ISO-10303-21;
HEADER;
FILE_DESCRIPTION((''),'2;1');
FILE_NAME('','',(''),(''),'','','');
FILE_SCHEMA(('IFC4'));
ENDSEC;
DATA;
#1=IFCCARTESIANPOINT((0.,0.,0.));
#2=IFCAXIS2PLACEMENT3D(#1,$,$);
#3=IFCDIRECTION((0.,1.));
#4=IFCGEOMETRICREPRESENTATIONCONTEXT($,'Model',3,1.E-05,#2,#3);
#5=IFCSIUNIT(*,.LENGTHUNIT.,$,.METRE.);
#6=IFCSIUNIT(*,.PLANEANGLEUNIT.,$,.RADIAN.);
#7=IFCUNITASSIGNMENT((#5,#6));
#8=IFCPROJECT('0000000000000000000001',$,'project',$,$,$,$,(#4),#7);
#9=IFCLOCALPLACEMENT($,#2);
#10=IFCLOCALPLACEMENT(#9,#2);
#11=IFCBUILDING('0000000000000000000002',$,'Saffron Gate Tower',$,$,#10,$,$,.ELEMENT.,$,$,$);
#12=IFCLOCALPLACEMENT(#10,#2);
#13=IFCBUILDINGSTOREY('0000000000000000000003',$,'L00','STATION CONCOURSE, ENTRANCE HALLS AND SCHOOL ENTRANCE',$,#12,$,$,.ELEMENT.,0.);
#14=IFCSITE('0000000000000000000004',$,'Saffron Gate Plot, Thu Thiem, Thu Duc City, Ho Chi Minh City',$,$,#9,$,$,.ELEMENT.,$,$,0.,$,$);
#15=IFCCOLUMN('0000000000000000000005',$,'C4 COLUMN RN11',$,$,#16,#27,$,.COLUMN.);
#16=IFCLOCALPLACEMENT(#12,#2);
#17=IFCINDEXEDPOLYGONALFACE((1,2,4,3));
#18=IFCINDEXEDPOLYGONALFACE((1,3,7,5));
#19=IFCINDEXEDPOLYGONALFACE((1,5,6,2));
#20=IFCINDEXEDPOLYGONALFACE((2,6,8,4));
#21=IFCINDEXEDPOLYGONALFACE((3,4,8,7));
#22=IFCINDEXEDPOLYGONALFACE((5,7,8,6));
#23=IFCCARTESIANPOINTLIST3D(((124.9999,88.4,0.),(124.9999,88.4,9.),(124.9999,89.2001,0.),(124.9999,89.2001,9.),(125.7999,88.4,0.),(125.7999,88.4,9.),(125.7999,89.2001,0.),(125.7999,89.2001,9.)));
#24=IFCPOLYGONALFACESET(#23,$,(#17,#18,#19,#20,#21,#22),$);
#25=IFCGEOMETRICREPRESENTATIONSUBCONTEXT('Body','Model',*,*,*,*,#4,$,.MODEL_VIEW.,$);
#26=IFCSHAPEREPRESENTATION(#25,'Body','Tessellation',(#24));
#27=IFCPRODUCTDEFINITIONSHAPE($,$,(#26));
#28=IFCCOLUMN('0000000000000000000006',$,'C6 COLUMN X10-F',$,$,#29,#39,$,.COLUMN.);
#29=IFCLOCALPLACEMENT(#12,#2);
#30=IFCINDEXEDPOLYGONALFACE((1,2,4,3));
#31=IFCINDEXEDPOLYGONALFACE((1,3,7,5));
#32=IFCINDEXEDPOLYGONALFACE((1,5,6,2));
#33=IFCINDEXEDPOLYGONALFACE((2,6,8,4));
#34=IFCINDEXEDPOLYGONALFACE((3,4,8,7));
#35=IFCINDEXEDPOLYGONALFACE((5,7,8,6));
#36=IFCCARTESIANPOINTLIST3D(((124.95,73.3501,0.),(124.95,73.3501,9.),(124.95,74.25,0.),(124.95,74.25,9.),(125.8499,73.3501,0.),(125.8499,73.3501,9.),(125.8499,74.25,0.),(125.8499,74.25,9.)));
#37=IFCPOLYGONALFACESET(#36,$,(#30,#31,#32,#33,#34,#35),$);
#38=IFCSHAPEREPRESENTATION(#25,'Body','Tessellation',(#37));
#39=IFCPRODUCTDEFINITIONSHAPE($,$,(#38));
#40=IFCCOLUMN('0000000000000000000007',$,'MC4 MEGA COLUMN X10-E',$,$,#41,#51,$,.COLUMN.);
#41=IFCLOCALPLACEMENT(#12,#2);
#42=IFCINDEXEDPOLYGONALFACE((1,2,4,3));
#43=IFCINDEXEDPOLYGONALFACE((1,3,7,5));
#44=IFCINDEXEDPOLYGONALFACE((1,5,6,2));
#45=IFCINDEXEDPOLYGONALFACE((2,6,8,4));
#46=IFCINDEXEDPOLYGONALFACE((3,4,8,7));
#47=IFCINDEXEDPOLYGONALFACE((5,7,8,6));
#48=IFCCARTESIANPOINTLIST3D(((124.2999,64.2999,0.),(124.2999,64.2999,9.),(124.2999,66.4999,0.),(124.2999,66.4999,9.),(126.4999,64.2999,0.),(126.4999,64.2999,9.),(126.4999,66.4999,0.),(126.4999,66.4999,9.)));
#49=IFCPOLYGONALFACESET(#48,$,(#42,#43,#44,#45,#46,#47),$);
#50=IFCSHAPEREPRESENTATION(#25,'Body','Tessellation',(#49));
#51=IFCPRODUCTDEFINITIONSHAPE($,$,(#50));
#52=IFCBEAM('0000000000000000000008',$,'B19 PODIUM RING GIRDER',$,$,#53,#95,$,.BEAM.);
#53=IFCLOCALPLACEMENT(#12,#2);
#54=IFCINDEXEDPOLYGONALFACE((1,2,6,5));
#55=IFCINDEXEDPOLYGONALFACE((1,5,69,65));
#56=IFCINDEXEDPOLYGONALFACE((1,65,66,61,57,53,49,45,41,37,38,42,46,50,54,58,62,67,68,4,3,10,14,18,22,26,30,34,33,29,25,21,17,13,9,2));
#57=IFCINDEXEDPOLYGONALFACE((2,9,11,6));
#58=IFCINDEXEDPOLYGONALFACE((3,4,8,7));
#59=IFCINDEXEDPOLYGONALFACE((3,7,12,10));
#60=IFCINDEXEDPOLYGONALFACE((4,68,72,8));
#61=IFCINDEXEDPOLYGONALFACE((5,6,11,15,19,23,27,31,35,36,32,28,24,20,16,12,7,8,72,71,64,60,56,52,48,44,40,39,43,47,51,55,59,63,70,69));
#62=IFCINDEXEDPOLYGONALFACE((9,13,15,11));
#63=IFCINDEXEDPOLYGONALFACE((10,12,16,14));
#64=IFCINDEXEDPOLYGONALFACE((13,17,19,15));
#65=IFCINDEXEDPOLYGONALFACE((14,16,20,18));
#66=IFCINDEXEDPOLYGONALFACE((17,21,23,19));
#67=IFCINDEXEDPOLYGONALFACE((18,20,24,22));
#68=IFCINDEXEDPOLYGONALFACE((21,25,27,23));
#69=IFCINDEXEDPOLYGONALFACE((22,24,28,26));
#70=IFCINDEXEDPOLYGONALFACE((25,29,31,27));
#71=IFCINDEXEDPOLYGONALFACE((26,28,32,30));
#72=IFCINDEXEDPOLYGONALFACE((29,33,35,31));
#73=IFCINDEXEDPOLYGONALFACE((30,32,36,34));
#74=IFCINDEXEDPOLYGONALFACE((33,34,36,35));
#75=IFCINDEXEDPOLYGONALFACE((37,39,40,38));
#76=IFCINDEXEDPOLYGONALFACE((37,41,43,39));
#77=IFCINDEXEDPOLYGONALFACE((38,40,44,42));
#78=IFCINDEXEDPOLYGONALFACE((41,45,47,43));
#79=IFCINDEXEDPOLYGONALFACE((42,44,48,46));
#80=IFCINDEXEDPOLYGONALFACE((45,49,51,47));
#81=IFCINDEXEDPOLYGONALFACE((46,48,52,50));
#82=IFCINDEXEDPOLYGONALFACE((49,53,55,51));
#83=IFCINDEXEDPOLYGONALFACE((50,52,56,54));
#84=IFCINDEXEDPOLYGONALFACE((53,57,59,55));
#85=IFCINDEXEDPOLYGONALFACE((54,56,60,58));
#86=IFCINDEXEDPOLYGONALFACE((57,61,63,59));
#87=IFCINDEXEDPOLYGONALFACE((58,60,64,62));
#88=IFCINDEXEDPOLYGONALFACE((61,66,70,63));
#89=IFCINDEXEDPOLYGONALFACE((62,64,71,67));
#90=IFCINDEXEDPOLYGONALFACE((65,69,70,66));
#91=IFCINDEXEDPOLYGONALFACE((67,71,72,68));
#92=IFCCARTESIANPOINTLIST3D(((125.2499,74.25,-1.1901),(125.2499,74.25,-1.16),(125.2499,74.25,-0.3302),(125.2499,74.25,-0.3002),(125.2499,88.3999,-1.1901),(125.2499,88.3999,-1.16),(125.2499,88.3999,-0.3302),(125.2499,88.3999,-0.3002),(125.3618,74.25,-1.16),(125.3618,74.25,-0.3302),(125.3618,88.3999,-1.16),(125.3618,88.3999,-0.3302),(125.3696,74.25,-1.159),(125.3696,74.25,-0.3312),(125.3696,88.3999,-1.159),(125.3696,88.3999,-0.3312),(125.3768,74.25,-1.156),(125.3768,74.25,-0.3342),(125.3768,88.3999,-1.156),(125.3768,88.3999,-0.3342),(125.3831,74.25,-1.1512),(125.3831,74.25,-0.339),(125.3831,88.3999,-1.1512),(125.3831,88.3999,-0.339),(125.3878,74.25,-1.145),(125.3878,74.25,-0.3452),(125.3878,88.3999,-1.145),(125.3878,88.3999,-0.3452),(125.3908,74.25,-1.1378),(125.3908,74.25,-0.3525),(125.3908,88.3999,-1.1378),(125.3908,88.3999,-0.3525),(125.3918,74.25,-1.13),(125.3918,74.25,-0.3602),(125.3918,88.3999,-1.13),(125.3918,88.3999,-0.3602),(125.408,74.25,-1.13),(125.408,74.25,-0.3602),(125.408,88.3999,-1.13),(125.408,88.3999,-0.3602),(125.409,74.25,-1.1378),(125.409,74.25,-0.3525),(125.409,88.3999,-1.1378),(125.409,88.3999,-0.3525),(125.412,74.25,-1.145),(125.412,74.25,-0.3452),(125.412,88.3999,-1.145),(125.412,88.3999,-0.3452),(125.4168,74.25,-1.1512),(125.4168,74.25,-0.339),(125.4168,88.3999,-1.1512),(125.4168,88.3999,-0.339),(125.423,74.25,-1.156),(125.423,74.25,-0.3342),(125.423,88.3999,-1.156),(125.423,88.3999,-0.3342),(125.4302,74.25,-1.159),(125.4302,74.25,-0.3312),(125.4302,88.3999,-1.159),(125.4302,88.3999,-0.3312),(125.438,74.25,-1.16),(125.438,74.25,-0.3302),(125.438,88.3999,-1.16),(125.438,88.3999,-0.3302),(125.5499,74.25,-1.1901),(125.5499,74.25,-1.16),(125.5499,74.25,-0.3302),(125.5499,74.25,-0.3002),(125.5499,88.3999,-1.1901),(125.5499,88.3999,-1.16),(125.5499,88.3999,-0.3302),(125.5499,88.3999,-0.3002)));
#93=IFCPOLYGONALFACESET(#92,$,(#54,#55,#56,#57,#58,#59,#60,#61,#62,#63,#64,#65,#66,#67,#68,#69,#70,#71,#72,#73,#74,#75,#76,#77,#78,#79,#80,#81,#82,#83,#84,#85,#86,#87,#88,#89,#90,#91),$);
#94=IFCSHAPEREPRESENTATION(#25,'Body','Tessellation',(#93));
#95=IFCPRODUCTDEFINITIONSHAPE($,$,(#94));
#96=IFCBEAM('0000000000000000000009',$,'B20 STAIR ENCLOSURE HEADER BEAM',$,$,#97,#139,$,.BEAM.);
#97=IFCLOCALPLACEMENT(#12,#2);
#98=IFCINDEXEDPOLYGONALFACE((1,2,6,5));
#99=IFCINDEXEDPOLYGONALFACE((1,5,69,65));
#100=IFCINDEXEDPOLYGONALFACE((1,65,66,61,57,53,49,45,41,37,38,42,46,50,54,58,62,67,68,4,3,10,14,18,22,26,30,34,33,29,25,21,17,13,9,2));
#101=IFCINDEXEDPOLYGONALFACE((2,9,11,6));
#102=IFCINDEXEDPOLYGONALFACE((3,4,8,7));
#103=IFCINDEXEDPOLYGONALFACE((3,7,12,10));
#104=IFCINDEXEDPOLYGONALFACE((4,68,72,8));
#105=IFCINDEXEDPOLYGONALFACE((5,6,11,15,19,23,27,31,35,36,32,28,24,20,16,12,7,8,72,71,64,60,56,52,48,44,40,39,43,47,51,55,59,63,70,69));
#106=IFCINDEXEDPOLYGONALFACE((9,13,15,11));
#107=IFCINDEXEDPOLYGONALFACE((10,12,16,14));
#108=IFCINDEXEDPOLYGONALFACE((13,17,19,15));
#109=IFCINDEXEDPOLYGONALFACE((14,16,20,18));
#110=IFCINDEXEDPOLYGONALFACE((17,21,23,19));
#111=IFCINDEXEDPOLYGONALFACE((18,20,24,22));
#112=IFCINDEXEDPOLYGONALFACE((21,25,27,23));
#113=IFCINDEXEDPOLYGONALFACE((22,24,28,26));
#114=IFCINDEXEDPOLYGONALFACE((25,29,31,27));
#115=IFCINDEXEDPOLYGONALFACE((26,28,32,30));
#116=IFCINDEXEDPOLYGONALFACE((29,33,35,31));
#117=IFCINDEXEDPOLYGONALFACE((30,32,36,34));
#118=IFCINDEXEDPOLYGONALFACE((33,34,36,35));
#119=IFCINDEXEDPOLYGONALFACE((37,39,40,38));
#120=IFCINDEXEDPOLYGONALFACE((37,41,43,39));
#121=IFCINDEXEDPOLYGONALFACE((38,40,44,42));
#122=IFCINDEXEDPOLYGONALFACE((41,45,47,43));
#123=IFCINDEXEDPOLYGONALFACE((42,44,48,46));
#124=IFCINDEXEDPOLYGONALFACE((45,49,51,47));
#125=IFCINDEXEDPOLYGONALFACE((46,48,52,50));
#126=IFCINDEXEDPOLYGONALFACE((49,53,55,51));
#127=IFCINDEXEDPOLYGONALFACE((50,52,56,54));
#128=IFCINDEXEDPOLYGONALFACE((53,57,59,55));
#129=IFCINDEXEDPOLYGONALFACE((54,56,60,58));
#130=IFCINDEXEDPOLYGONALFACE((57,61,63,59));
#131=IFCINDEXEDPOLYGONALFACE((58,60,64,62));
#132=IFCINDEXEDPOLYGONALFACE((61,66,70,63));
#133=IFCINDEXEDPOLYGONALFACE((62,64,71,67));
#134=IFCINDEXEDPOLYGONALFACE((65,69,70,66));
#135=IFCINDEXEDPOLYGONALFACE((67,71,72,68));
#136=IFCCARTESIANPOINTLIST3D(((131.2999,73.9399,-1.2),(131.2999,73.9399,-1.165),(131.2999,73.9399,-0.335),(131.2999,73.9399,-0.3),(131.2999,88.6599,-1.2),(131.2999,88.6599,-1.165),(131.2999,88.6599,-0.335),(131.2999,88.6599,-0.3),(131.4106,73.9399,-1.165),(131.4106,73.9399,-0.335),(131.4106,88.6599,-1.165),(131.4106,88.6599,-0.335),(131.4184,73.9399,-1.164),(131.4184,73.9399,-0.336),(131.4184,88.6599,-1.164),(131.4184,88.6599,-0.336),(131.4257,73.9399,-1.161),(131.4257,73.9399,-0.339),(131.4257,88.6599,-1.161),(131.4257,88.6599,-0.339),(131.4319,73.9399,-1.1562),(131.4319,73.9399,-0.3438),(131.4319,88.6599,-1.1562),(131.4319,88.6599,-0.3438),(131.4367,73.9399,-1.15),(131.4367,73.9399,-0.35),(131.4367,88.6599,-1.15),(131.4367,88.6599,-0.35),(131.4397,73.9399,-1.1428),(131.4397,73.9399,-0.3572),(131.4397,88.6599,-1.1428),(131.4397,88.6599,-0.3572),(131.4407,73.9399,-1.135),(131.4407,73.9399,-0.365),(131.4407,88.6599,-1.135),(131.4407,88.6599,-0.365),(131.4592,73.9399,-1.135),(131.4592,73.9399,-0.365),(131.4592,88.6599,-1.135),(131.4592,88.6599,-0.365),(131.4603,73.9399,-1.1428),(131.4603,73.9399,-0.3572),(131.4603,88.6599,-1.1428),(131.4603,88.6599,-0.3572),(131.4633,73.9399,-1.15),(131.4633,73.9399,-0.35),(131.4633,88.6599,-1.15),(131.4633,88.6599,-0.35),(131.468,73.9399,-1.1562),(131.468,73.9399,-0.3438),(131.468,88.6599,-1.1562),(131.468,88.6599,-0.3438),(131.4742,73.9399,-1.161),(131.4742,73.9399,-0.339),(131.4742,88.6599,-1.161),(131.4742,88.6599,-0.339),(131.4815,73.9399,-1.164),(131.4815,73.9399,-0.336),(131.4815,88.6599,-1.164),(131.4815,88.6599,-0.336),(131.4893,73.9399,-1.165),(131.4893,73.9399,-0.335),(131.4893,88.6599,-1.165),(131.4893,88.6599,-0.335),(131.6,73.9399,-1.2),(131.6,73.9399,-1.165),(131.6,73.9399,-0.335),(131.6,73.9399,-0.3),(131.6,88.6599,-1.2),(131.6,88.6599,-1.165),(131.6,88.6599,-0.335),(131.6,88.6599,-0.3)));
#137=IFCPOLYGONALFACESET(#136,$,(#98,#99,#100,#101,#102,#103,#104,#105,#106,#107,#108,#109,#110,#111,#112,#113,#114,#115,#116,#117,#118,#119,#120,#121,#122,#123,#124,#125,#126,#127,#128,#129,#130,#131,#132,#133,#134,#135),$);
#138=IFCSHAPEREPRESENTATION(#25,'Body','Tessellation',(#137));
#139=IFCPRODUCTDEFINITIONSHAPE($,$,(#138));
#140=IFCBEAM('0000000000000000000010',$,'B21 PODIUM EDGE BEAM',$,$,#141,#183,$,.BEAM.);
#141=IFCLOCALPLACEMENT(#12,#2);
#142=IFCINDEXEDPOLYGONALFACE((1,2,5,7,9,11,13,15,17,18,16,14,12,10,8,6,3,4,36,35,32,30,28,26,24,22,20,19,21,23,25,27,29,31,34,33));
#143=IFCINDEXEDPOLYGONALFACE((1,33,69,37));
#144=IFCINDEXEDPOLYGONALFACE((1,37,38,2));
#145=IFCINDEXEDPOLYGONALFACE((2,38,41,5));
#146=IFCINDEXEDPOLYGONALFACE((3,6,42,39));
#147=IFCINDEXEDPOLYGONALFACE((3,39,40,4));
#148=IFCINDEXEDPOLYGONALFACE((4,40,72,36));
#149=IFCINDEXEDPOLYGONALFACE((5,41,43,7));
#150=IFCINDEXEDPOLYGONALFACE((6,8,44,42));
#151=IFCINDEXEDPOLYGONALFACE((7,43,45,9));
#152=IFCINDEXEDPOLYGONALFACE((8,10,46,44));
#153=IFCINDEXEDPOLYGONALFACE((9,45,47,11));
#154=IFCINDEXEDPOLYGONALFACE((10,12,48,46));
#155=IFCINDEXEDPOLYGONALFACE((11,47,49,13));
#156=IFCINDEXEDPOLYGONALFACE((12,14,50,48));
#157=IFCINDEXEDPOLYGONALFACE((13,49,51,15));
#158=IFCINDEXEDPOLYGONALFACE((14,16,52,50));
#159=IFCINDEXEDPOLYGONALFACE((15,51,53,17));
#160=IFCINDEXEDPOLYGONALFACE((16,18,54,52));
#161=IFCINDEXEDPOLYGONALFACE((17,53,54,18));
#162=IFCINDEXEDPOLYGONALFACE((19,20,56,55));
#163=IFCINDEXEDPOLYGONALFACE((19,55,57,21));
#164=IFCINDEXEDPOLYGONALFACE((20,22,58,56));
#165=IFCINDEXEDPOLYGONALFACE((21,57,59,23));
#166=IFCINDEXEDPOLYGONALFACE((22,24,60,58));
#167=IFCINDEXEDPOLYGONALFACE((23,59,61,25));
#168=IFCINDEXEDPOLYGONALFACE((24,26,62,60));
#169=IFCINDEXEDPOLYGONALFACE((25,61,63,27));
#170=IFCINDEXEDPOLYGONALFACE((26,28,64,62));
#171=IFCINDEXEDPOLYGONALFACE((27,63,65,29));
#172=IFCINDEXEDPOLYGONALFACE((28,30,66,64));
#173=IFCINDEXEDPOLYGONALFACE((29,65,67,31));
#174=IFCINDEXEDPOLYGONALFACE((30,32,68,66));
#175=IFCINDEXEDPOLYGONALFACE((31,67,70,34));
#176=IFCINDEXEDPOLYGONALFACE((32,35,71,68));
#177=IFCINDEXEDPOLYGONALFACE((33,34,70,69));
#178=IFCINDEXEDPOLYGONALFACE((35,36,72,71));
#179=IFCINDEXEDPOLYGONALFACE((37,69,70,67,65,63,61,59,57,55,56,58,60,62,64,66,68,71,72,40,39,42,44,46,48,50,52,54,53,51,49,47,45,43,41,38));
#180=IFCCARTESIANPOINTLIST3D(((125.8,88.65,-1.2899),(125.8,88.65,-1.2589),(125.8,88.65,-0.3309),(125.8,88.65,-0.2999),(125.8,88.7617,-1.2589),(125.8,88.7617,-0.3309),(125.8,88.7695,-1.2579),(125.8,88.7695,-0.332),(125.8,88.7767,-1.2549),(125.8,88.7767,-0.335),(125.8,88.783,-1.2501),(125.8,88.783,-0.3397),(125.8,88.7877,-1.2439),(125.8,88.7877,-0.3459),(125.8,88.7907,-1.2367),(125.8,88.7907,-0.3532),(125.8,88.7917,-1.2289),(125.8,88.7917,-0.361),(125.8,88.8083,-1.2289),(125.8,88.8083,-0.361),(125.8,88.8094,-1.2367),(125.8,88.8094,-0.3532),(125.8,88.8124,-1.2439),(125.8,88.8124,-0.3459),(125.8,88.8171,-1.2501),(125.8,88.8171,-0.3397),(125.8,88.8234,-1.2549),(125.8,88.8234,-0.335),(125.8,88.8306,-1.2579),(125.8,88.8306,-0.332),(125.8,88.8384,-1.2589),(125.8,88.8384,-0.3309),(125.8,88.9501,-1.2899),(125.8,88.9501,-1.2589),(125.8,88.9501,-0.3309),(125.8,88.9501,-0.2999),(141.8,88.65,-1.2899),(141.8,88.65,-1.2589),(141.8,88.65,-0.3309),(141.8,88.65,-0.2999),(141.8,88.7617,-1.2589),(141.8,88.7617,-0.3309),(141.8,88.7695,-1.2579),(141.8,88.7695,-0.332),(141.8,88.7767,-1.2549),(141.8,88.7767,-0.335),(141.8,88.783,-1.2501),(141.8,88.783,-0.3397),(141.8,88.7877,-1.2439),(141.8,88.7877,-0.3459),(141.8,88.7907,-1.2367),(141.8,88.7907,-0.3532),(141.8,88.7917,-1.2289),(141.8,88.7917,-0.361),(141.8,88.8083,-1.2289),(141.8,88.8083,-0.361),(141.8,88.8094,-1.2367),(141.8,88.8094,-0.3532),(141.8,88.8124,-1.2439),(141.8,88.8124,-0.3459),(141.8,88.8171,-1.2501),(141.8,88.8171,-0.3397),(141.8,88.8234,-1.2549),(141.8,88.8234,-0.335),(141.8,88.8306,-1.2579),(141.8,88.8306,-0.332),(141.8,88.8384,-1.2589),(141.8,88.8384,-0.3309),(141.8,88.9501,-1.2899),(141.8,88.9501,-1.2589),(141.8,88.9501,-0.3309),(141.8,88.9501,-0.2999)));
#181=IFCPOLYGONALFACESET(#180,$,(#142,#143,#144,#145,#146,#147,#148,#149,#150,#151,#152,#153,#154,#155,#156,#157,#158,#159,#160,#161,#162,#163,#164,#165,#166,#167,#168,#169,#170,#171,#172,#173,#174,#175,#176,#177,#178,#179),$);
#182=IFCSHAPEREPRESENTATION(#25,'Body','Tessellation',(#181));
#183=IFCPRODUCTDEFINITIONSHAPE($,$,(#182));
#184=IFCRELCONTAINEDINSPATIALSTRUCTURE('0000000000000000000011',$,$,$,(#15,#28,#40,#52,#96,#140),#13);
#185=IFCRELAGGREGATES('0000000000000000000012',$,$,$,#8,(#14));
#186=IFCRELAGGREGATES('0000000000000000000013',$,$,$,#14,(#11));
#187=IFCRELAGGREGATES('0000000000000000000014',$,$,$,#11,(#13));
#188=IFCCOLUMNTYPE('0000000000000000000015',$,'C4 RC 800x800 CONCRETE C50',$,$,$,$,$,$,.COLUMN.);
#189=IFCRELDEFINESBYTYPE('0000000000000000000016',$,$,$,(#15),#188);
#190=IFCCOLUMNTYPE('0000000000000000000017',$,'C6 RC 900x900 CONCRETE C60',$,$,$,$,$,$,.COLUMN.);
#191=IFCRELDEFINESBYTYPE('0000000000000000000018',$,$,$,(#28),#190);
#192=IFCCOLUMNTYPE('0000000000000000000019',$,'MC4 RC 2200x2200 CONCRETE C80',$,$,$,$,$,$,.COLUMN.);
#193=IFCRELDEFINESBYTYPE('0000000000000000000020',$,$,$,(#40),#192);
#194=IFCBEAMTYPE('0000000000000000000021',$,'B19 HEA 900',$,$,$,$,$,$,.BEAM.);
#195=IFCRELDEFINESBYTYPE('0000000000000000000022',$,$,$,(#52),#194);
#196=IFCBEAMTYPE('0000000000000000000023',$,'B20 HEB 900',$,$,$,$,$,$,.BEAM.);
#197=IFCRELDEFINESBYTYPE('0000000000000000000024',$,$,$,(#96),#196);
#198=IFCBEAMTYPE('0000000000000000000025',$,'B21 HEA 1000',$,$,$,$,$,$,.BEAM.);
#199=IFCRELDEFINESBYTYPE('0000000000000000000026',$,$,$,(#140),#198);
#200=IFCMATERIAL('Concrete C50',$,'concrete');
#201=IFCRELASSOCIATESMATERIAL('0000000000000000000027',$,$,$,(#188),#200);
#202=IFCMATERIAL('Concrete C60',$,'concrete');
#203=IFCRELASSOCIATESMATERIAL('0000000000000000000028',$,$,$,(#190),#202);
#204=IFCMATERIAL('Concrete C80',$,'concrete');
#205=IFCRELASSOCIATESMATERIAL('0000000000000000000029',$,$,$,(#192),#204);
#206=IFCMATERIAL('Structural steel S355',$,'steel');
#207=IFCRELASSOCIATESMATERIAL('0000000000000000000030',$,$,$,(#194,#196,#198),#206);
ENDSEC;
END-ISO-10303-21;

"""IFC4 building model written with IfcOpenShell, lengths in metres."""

from ifc_helpers import new_model, si_unit, direction, frame, origin, origin_2d, place, context, subcontext, project, spatial, rectangle, i_section, extrude, material, material_profile, profile_set, type_object, element, save


model = new_model("IFC4")

# Units and contexts
model_context = context("Model", 3, precision=1e-05, world=origin(), true_north=direction((0.0, 1.0)))
body_context = subcontext(model_context, "Body", "Model", "MODEL_VIEW")
ifc_project = project(units=[si_unit("LENGTHUNIT", "METRE"), si_unit("PLANEANGLEUNIT", "RADIAN")], contexts=[model_context])

# Site, building, storey
site_placement = place(None, origin())
site = spatial("IfcSite", under=ifc_project, at=site_placement, Name="Saffron Gate Plot, Thu Thiem, Thu Duc City, Ho Chi Minh City", CompositionType="ELEMENT", RefElevation=0.0)
building_placement = place(site_placement, origin())
building = spatial("IfcBuilding", under=site, at=building_placement, Name="Saffron Gate Tower", CompositionType="ELEMENT")
storey_placement = place(building_placement, origin())
storey = spatial("IfcBuildingStorey", under=building, at=storey_placement, Name="L00", Description="STATION CONCOURSE, ENTRANCE HALLS AND SCHOOL ENTRANCE", CompositionType="ELEMENT", Elevation=0.0)

# Columns
ifc_material_1 = material(Name="Concrete C50", Category="concrete")
ifc_material_profile_1 = material_profile(ifc_material_1, rectangle(XDim=0.8, YDim=0.8, at=origin_2d()))
ifc_profile_set_1 = profile_set([ifc_material_profile_1], Name="Concrete C50")
column_type_1 = type_object("IfcColumnType", Name="C4 RC 800x800 CONCRETE C50", PredefinedType="COLUMN", material=ifc_profile_set_1)
column_1_placement = place(storey_placement, frame((125.3999, 88.8, 0.0), z_axis=(0.0, 0.0, 1.0), x_axis=(1.0, 0.0, 0.0)))
element("IfcColumn", 1, at=column_1_placement, inside=storey, type_object=column_type_1, Name="C4 COLUMN RN11", PredefinedType="COLUMN", context=body_context, shape_type="SweptSolid", body=[
    extrude(rectangle(XDim=0.8, YDim=0.8, at=origin_2d()), origin(), (0.0, 0.0, 1.0), 9.0),
])
ifc_material_2 = material(Name="Concrete C60", Category="concrete")
ifc_material_profile_2 = material_profile(ifc_material_2, rectangle(XDim=0.8999, YDim=0.8999, at=origin_2d()))
ifc_profile_set_2 = profile_set([ifc_material_profile_2], Name="Concrete C60")
column_type_2 = type_object("IfcColumnType", Name="C6 RC 900x900 CONCRETE C60", PredefinedType="COLUMN", material=ifc_profile_set_2)
column_2_placement = place(storey_placement, frame((125.3999, 73.8, 0.0), z_axis=(0.0, 0.0, 1.0), x_axis=(1.0, 0.0, 0.0)))
element("IfcColumn", 2, at=column_2_placement, inside=storey, type_object=column_type_2, Name="C6 COLUMN X10-F", PredefinedType="COLUMN", context=body_context, shape_type="SweptSolid", body=[
    extrude(rectangle(XDim=0.8999, YDim=0.8999, at=origin_2d()), origin(), (0.0, 0.0, 1.0), 9.0),
])
ifc_material_3 = material(Name="Concrete C80", Category="concrete")
ifc_material_profile_3 = material_profile(ifc_material_3, rectangle(XDim=2.2, YDim=2.2, at=origin_2d()))
ifc_profile_set_3 = profile_set([ifc_material_profile_3], Name="Concrete C80")
column_type_3 = type_object("IfcColumnType", Name="MC4 RC 2200x2200 CONCRETE C80", PredefinedType="COLUMN", material=ifc_profile_set_3)
column_3_placement = place(storey_placement, frame((125.3999, 65.3999, 0.0), z_axis=(0.0, 0.0, 1.0), x_axis=(1.0, 0.0, 0.0)))
element("IfcColumn", 3, at=column_3_placement, inside=storey, type_object=column_type_3, Name="MC4 MEGA COLUMN X10-E", PredefinedType="COLUMN", context=body_context, shape_type="SweptSolid", body=[
    extrude(rectangle(XDim=2.2, YDim=2.2, at=origin_2d()), origin(), (0.0, 0.0, 1.0), 9.0),
])

# Beams
ifc_material_4 = material(Name="Structural steel S355", Category="steel")
ifc_material_profile_4 = material_profile(ifc_material_4, i_section(OverallWidth=0.3, OverallDepth=0.8899, WebThickness=0.0161, FlangeThickness=0.03, FilletRadius=0.03, at=origin_2d()))
ifc_profile_set_4 = profile_set([ifc_material_profile_4], Name="Structural steel S355")
beam_type_1 = type_object("IfcBeamType", Name="B19 HEA 900", PredefinedType="BEAM", material=ifc_profile_set_4)
beam_1_placement = place(storey_placement, frame((125.3999, 88.3999, -0.7451), z_axis=(0.0, -1.0, 0.0), x_axis=(1.0, 0.0, 0.0)))
element("IfcBeam", 4, at=beam_1_placement, inside=storey, type_object=beam_type_1, Name="B19 PODIUM RING GIRDER", PredefinedType="BEAM", context=body_context, shape_type="SweptSolid", body=[
    extrude(i_section(OverallWidth=0.3, OverallDepth=0.8899, WebThickness=0.0161, FlangeThickness=0.03, FilletRadius=0.03, at=origin_2d()), origin(), (0.0, 0.0, 1.0), 14.1499),
])
ifc_material_profile_5 = material_profile(ifc_material_4, i_section(OverallWidth=0.3, OverallDepth=0.8999, WebThickness=0.0186, FlangeThickness=0.0349, FilletRadius=0.03, at=origin_2d()))
ifc_profile_set_5 = profile_set([ifc_material_profile_5], Name="Structural steel S355")
beam_type_2 = type_object("IfcBeamType", Name="B20 HEB 900", PredefinedType="BEAM", material=ifc_profile_set_5)
beam_2_placement = place(storey_placement, frame((131.45, 73.9399, -0.75), z_axis=(0.0, 1.0, 0.0), x_axis=(-1.0, 0.0, 0.0)))
element("IfcBeam", 5, at=beam_2_placement, inside=storey, type_object=beam_type_2, Name="B20 STAIR ENCLOSURE HEADER BEAM", PredefinedType="BEAM", context=body_context, shape_type="SweptSolid", body=[
    extrude(i_section(OverallWidth=0.3, OverallDepth=0.8999, WebThickness=0.0186, FlangeThickness=0.0349, FilletRadius=0.03, at=origin_2d()), origin(), (0.0, 0.0, 1.0), 14.72),
])
ifc_material_profile_6 = material_profile(ifc_material_4, i_section(OverallWidth=0.3, OverallDepth=0.99, WebThickness=0.0166, FlangeThickness=0.031, FilletRadius=0.03, at=origin_2d()))
ifc_profile_set_6 = profile_set([ifc_material_profile_6], Name="Structural steel S355")
beam_type_3 = type_object("IfcBeamType", Name="B21 HEA 1000", PredefinedType="BEAM", material=ifc_profile_set_6)
beam_3_placement = place(storey_placement, frame((125.8, 88.8, -0.7949), z_axis=(1.0, 0.0, 0.0), x_axis=(0.0, 1.0, 0.0)))
element("IfcBeam", 6, at=beam_3_placement, inside=storey, type_object=beam_type_3, Name="B21 PODIUM EDGE BEAM", PredefinedType="BEAM", context=body_context, shape_type="SweptSolid", body=[
    extrude(i_section(OverallWidth=0.3, OverallDepth=0.99, WebThickness=0.0166, FlangeThickness=0.031, FilletRadius=0.03, at=origin_2d()), origin(), (0.0, 0.0, 1.0), 16.0),
])

save(model, "model.ifc")
